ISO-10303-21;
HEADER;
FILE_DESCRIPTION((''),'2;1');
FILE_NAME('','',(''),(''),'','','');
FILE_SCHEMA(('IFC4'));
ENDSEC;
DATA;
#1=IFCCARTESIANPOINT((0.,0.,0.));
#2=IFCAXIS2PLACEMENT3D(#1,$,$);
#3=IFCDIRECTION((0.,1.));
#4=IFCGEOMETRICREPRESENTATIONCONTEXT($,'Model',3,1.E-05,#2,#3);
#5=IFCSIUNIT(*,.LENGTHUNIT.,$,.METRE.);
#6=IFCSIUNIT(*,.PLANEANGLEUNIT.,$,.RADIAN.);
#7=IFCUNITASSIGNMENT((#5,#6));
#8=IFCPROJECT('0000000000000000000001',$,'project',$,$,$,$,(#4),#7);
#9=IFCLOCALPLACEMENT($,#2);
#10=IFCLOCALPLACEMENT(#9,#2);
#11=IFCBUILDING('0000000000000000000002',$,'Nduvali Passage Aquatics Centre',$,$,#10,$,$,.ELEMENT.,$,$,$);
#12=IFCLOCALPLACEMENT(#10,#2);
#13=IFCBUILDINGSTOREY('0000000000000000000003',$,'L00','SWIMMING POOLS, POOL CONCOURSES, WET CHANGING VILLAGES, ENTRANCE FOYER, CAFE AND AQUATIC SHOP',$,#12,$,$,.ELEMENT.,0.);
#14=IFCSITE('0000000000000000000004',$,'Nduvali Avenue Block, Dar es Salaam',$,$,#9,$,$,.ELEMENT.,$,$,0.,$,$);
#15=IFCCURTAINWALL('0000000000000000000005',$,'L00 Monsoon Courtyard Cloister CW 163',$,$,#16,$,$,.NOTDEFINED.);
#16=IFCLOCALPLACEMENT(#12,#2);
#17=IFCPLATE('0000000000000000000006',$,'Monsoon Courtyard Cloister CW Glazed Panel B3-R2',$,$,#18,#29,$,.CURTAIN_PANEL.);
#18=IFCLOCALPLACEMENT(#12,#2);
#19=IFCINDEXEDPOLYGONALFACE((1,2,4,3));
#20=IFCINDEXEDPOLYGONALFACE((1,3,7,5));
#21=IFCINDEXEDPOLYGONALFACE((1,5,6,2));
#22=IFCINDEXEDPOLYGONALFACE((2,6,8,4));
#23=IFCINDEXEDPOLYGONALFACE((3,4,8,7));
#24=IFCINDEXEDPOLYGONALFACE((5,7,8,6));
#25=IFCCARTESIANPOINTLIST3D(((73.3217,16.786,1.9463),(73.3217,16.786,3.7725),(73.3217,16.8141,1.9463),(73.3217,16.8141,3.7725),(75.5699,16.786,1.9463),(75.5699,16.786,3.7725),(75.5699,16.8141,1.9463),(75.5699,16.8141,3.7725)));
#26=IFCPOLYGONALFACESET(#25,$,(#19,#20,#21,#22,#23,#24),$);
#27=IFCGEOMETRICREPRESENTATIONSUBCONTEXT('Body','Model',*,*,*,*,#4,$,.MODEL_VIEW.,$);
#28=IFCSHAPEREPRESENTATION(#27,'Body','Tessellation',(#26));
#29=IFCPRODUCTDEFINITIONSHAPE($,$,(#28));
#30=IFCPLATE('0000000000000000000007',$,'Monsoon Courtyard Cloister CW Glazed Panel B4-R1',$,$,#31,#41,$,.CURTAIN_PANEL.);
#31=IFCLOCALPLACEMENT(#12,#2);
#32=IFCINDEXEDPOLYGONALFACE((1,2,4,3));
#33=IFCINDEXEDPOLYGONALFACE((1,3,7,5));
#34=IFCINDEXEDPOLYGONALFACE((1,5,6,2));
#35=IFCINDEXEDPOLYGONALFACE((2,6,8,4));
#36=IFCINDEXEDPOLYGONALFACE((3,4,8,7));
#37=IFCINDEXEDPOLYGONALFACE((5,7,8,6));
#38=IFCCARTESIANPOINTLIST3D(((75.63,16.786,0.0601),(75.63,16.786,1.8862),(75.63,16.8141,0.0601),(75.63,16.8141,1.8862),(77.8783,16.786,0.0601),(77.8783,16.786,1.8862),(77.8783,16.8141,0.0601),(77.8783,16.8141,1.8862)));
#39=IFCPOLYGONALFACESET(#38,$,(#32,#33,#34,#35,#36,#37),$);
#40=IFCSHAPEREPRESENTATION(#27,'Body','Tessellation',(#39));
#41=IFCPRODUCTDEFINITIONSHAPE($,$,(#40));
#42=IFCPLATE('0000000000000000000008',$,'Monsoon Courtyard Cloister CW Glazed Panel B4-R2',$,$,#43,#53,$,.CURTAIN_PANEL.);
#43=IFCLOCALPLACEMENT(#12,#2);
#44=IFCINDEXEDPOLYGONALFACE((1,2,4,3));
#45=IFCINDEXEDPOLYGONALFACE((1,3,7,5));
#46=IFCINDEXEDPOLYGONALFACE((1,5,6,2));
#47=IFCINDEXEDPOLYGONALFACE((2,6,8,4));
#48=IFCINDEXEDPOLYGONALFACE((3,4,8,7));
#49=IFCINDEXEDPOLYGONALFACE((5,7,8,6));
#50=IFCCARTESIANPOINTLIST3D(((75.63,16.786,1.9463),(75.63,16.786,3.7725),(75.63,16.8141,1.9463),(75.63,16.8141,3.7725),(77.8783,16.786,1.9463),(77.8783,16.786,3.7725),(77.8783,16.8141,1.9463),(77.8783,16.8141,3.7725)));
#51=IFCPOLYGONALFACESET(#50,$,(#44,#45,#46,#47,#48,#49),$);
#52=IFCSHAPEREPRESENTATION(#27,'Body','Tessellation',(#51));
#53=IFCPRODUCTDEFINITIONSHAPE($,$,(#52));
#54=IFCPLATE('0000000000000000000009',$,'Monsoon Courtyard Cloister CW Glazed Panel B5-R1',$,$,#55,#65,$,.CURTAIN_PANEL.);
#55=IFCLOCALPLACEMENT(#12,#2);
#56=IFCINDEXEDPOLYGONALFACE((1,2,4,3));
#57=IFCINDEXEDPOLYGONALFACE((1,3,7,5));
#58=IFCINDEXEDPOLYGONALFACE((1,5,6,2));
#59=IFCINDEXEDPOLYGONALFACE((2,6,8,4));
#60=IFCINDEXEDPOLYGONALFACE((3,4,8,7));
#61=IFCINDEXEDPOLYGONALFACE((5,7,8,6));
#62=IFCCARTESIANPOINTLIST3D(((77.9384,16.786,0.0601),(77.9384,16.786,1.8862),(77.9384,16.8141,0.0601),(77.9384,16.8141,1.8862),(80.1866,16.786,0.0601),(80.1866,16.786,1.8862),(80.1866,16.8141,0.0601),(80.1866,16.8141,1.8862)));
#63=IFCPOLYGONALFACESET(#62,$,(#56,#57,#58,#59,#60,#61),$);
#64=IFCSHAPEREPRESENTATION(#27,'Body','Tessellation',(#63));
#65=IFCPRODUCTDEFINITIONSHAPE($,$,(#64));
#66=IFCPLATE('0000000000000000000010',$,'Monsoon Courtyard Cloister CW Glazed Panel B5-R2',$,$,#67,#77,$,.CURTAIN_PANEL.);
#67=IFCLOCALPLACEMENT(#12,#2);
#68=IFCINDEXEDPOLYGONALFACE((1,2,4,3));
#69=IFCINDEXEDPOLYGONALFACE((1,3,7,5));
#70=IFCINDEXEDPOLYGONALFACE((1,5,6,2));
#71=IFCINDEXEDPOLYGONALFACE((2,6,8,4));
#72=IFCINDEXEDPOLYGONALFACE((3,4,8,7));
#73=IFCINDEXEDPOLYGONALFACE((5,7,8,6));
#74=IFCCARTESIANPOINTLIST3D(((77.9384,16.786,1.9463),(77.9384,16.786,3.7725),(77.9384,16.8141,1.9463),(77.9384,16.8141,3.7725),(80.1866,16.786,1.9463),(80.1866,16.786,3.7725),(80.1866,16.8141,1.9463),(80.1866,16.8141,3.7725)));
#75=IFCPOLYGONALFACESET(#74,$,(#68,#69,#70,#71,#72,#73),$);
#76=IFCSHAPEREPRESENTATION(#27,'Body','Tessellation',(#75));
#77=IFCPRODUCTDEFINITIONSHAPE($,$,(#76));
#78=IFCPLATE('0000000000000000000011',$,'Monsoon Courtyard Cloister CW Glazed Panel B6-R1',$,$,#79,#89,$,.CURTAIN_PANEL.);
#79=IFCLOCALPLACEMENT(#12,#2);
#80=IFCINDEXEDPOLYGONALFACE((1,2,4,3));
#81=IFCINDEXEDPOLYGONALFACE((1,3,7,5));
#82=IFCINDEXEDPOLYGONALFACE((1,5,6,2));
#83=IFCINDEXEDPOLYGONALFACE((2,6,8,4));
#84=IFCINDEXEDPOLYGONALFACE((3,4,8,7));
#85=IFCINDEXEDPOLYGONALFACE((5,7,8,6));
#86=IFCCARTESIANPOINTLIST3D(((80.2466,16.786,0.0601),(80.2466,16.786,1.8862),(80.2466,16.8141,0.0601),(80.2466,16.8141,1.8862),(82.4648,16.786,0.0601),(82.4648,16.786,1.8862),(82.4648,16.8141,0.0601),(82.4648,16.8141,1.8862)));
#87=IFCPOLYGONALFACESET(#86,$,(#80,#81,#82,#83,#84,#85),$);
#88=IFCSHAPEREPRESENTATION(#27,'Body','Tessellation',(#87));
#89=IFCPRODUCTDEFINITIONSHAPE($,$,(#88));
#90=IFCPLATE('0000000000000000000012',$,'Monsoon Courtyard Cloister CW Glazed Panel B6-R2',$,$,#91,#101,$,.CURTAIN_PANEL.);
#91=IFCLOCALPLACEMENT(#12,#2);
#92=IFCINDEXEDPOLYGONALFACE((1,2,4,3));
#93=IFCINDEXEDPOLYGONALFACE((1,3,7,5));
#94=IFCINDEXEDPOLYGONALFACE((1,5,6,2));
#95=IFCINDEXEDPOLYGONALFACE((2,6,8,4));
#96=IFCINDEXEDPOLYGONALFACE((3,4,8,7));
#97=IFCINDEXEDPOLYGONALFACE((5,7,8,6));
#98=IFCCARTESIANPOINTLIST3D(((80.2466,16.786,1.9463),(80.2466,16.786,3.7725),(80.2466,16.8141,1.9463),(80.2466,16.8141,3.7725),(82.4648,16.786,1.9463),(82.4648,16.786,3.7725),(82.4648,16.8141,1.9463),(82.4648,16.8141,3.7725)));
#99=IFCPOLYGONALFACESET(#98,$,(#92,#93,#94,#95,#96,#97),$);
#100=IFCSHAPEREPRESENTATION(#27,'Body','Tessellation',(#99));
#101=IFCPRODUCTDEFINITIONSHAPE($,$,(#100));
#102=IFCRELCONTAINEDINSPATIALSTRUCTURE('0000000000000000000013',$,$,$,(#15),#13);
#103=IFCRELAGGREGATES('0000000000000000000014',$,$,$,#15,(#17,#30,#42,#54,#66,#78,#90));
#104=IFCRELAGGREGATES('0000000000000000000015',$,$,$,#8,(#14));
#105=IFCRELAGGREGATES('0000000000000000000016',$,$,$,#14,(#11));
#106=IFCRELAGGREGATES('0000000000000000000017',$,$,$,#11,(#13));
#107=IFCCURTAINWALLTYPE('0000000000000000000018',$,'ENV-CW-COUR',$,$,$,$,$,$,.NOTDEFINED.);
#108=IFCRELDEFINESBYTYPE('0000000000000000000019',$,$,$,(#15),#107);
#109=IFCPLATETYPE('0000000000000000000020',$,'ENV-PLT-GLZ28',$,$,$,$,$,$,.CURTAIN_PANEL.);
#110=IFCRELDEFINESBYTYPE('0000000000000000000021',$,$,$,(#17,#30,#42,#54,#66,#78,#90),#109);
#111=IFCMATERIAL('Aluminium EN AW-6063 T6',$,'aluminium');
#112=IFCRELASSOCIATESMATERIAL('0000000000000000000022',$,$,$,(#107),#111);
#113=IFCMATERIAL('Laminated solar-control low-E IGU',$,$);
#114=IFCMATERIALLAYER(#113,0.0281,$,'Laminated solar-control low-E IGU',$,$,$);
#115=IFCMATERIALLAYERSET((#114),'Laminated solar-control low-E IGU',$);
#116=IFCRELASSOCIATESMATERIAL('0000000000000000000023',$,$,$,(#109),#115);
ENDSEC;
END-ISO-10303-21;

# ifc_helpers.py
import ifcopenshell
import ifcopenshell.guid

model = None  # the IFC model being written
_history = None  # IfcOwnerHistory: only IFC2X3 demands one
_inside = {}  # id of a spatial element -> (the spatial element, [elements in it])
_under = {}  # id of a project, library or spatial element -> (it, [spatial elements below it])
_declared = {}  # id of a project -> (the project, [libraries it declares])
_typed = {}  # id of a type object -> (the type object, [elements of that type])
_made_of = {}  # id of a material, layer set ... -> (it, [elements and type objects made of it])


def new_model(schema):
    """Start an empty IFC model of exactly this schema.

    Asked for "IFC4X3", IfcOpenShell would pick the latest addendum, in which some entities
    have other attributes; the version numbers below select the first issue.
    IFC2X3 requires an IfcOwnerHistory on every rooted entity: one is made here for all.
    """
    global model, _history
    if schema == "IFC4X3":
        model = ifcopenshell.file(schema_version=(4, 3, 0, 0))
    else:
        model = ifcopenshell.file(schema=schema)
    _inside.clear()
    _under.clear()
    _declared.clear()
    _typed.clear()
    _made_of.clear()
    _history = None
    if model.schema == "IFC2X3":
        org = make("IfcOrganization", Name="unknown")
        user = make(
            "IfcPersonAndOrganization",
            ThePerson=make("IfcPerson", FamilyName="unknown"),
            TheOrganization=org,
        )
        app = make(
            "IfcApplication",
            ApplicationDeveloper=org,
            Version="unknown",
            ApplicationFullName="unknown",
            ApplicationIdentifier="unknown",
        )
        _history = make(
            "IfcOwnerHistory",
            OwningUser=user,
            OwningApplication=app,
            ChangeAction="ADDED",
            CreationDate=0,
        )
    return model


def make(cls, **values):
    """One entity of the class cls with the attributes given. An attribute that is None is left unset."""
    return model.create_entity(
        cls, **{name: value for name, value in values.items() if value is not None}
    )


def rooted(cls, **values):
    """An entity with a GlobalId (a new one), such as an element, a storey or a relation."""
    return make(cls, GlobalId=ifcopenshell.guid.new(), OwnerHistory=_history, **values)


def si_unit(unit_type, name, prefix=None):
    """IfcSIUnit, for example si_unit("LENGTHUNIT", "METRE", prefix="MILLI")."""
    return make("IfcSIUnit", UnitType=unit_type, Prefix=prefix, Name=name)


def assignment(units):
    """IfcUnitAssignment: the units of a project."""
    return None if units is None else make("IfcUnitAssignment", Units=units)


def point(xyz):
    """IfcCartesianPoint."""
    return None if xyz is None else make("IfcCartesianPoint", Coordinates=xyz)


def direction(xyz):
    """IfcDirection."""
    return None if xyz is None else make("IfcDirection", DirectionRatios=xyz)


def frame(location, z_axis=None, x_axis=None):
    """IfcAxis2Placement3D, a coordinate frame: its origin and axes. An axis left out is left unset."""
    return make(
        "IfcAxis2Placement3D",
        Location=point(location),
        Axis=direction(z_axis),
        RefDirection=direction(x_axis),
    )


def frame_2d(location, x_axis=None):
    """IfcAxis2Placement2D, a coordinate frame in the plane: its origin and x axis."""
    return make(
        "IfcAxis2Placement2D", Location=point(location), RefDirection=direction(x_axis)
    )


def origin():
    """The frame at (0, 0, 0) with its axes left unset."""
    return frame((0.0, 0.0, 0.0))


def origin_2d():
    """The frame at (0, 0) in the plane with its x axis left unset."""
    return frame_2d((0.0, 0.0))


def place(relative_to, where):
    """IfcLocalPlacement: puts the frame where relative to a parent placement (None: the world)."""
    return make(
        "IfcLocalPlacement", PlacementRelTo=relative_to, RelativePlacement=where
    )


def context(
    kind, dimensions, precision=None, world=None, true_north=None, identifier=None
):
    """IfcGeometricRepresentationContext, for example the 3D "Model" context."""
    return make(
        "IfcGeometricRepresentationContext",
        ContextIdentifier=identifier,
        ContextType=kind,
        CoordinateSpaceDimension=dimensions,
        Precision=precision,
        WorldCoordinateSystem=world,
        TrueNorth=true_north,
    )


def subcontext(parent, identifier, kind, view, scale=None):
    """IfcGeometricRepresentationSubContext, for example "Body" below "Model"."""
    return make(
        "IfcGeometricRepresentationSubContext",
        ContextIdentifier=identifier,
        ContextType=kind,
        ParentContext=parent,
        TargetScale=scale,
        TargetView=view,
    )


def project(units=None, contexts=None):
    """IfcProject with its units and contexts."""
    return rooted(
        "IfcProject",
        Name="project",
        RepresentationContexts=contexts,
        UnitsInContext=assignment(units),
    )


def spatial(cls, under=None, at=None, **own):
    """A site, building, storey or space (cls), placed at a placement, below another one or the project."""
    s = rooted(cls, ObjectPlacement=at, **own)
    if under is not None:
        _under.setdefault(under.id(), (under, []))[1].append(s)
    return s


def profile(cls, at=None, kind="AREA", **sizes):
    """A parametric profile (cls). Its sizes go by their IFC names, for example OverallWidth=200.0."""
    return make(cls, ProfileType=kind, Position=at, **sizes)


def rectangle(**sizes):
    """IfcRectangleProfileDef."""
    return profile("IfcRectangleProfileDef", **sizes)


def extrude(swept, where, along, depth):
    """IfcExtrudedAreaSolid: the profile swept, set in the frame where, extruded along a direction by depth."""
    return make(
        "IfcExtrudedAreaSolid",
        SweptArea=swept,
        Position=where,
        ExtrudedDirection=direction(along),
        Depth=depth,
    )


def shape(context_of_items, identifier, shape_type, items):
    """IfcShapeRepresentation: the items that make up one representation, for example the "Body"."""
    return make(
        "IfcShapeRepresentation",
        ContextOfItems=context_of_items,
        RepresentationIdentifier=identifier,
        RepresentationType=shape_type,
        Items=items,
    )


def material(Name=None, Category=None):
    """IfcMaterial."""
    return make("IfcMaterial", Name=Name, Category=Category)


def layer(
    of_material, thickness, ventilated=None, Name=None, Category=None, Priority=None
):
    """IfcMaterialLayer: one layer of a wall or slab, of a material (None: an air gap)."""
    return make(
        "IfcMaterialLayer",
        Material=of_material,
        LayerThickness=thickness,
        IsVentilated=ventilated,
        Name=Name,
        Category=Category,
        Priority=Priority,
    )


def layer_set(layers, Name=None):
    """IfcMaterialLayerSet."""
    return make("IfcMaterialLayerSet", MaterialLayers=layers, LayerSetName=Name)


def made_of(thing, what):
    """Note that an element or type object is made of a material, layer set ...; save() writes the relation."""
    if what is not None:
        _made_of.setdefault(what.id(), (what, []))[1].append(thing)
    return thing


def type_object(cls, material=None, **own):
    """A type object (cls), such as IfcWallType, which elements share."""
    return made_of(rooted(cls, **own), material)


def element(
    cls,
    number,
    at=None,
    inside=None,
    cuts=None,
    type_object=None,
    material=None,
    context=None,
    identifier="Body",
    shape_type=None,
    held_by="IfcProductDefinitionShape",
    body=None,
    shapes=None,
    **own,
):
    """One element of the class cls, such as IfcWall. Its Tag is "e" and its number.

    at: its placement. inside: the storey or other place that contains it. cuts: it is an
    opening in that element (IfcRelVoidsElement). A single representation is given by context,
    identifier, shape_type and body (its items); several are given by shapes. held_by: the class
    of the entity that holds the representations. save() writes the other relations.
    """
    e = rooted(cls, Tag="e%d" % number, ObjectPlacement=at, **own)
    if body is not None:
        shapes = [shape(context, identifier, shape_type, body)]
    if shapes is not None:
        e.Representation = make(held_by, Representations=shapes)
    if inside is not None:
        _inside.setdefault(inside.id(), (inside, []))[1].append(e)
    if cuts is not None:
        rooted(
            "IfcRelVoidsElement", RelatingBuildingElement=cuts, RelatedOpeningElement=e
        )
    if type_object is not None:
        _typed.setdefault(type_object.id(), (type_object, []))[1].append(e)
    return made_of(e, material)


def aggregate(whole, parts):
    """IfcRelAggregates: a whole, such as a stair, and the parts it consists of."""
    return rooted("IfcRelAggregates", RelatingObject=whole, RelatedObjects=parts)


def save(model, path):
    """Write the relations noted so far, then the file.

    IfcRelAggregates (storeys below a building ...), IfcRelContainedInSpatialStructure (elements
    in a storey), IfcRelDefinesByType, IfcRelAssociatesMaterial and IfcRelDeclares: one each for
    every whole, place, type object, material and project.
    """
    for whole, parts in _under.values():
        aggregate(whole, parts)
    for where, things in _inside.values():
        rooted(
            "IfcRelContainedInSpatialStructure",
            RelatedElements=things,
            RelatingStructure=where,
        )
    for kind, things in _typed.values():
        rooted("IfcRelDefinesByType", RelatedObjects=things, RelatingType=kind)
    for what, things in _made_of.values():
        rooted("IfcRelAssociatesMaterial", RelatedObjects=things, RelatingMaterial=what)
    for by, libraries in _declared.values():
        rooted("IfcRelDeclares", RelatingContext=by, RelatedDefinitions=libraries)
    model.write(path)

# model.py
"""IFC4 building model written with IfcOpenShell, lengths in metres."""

from ifc_helpers import new_model, si_unit, direction, frame, origin, origin_2d, place, context, subcontext, project, spatial, rectangle, extrude, material, layer, layer_set, type_object, element, aggregate, save


model = new_model("IFC4")

# Units and contexts
model_context = context("Model", 3, precision=1e-05, world=origin(), true_north=direction((0.0, 1.0)))
body_context = subcontext(model_context, "Body", "Model", "MODEL_VIEW")
ifc_project = project(units=[si_unit("LENGTHUNIT", "METRE"), si_unit("PLANEANGLEUNIT", "RADIAN")], contexts=[model_context])

# Site, building, storey
site_placement = place(None, origin())
site = spatial("IfcSite", under=ifc_project, at=site_placement, Name="Nduvali Avenue Block, Dar es Salaam", CompositionType="ELEMENT", RefElevation=0.0)
building_placement = place(site_placement, origin())
building = spatial("IfcBuilding", under=site, at=building_placement, Name="Nduvali Passage Aquatics Centre", CompositionType="ELEMENT")
storey_placement = place(building_placement, origin())
storey = spatial("IfcBuildingStorey", under=building, at=storey_placement, Name="L00", Description="SWIMMING POOLS, POOL CONCOURSES, WET CHANGING VILLAGES, ENTRANCE FOYER, CAFE AND AQUATIC SHOP", CompositionType="ELEMENT", Elevation=0.0)

# Curtain wall
ifc_material_1 = material(Name="Aluminium EN AW-6063 T6", Category="aluminium")
curtain_wall_type = type_object("IfcCurtainWallType", Name="ENV-CW-COUR", PredefinedType="NOTDEFINED", material=ifc_material_1)
curtain_wall_1_placement = place(storey_placement, origin())
curtain_wall_1 = element("IfcCurtainWall", 1, at=curtain_wall_1_placement, inside=storey, type_object=curtain_wall_type, Name="L00 Monsoon Courtyard Cloister CW 163", PredefinedType="NOTDEFINED")

# Plates
ifc_material_2 = material(Name="Laminated solar-control low-E IGU")
ifc_layer = layer(ifc_material_2, 0.0281, Name="Laminated solar-control low-E IGU")
ifc_layer_set = layer_set([ifc_layer], Name="Laminated solar-control low-E IGU")
plate_type = type_object("IfcPlateType", Name="ENV-PLT-GLZ28", PredefinedType="CURTAIN_PANEL", material=ifc_layer_set)
plate_1_placement = place(storey_placement, frame((74.4458, 16.8, 1.9463), z_axis=(0.0, 0.0, 1.0), x_axis=(1.0, 0.0, 0.0)))
plate_1 = element("IfcPlate", 2, at=plate_1_placement, type_object=plate_type, Name="Monsoon Courtyard Cloister CW Glazed Panel B3-R2", PredefinedType="CURTAIN_PANEL", context=body_context, shape_type="SweptSolid", body=[
    extrude(rectangle(XDim=2.2483, YDim=0.0281, at=origin_2d()), origin(), (0.0, 0.0, 1.0), 1.8262),
])
plate_2_placement = place(storey_placement, frame((76.7542, 16.8, 0.0601), z_axis=(0.0, 0.0, 1.0), x_axis=(1.0, 0.0, 0.0)))
plate_2 = element("IfcPlate", 3, at=plate_2_placement, type_object=plate_type, Name="Monsoon Courtyard Cloister CW Glazed Panel B4-R1", PredefinedType="CURTAIN_PANEL", context=body_context, shape_type="SweptSolid", body=[
    extrude(rectangle(XDim=2.2483, YDim=0.0281, at=origin_2d()), origin(), (0.0, 0.0, 1.0), 1.8262),
])
plate_3_placement = place(storey_placement, frame((76.7542, 16.8, 1.9463), z_axis=(0.0, 0.0, 1.0), x_axis=(1.0, 0.0, 0.0)))
plate_3 = element("IfcPlate", 4, at=plate_3_placement, type_object=plate_type, Name="Monsoon Courtyard Cloister CW Glazed Panel B4-R2", PredefinedType="CURTAIN_PANEL", context=body_context, shape_type="SweptSolid", body=[
    extrude(rectangle(XDim=2.2483, YDim=0.0281, at=origin_2d()), origin(), (0.0, 0.0, 1.0), 1.8262),
])
plate_4_placement = place(storey_placement, frame((79.0625, 16.8, 0.0601), z_axis=(0.0, 0.0, 1.0), x_axis=(1.0, 0.0, 0.0)))
plate_4 = element("IfcPlate", 5, at=plate_4_placement, type_object=plate_type, Name="Monsoon Courtyard Cloister CW Glazed Panel B5-R1", PredefinedType="CURTAIN_PANEL", context=body_context, shape_type="SweptSolid", body=[
    extrude(rectangle(XDim=2.2483, YDim=0.0281, at=origin_2d()), origin(), (0.0, 0.0, 1.0), 1.8262),
])
plate_5_placement = place(storey_placement, frame((79.0625, 16.8, 1.9463), z_axis=(0.0, 0.0, 1.0), x_axis=(1.0, 0.0, 0.0)))
plate_5 = element("IfcPlate", 6, at=plate_5_placement, type_object=plate_type, Name="Monsoon Courtyard Cloister CW Glazed Panel B5-R2", PredefinedType="CURTAIN_PANEL", context=body_context, shape_type="SweptSolid", body=[
    extrude(rectangle(XDim=2.2483, YDim=0.0281, at=origin_2d()), origin(), (0.0, 0.0, 1.0), 1.8262),
])
plate_6_placement = place(storey_placement, frame((81.3557, 16.8, 0.0601), z_axis=(0.0, 0.0, 1.0), x_axis=(1.0, 0.0, 0.0)))
plate_6 = element("IfcPlate", 7, at=plate_6_placement, type_object=plate_type, Name="Monsoon Courtyard Cloister CW Glazed Panel B6-R1", PredefinedType="CURTAIN_PANEL", context=body_context, shape_type="SweptSolid", body=[
    extrude(rectangle(XDim=2.2183, YDim=0.0281, at=origin_2d()), origin(), (0.0, 0.0, 1.0), 1.8262),
])
plate_7_placement = place(storey_placement, frame((81.3557, 16.8, 1.9463), z_axis=(0.0, 0.0, 1.0), x_axis=(1.0, 0.0, 0.0)))
plate_7 = element("IfcPlate", 8, at=plate_7_placement, type_object=plate_type, Name="Monsoon Courtyard Cloister CW Glazed Panel B6-R2", PredefinedType="CURTAIN_PANEL", context=body_context, shape_type="SweptSolid", body=[
    extrude(rectangle(XDim=2.2183, YDim=0.0281, at=origin_2d()), origin(), (0.0, 0.0, 1.0), 1.8262),
])
aggregate(curtain_wall_1, [plate_1, plate_2, plate_3, plate_4, plate_5, plate_6, plate_7])

save(model, "model.ifc")
